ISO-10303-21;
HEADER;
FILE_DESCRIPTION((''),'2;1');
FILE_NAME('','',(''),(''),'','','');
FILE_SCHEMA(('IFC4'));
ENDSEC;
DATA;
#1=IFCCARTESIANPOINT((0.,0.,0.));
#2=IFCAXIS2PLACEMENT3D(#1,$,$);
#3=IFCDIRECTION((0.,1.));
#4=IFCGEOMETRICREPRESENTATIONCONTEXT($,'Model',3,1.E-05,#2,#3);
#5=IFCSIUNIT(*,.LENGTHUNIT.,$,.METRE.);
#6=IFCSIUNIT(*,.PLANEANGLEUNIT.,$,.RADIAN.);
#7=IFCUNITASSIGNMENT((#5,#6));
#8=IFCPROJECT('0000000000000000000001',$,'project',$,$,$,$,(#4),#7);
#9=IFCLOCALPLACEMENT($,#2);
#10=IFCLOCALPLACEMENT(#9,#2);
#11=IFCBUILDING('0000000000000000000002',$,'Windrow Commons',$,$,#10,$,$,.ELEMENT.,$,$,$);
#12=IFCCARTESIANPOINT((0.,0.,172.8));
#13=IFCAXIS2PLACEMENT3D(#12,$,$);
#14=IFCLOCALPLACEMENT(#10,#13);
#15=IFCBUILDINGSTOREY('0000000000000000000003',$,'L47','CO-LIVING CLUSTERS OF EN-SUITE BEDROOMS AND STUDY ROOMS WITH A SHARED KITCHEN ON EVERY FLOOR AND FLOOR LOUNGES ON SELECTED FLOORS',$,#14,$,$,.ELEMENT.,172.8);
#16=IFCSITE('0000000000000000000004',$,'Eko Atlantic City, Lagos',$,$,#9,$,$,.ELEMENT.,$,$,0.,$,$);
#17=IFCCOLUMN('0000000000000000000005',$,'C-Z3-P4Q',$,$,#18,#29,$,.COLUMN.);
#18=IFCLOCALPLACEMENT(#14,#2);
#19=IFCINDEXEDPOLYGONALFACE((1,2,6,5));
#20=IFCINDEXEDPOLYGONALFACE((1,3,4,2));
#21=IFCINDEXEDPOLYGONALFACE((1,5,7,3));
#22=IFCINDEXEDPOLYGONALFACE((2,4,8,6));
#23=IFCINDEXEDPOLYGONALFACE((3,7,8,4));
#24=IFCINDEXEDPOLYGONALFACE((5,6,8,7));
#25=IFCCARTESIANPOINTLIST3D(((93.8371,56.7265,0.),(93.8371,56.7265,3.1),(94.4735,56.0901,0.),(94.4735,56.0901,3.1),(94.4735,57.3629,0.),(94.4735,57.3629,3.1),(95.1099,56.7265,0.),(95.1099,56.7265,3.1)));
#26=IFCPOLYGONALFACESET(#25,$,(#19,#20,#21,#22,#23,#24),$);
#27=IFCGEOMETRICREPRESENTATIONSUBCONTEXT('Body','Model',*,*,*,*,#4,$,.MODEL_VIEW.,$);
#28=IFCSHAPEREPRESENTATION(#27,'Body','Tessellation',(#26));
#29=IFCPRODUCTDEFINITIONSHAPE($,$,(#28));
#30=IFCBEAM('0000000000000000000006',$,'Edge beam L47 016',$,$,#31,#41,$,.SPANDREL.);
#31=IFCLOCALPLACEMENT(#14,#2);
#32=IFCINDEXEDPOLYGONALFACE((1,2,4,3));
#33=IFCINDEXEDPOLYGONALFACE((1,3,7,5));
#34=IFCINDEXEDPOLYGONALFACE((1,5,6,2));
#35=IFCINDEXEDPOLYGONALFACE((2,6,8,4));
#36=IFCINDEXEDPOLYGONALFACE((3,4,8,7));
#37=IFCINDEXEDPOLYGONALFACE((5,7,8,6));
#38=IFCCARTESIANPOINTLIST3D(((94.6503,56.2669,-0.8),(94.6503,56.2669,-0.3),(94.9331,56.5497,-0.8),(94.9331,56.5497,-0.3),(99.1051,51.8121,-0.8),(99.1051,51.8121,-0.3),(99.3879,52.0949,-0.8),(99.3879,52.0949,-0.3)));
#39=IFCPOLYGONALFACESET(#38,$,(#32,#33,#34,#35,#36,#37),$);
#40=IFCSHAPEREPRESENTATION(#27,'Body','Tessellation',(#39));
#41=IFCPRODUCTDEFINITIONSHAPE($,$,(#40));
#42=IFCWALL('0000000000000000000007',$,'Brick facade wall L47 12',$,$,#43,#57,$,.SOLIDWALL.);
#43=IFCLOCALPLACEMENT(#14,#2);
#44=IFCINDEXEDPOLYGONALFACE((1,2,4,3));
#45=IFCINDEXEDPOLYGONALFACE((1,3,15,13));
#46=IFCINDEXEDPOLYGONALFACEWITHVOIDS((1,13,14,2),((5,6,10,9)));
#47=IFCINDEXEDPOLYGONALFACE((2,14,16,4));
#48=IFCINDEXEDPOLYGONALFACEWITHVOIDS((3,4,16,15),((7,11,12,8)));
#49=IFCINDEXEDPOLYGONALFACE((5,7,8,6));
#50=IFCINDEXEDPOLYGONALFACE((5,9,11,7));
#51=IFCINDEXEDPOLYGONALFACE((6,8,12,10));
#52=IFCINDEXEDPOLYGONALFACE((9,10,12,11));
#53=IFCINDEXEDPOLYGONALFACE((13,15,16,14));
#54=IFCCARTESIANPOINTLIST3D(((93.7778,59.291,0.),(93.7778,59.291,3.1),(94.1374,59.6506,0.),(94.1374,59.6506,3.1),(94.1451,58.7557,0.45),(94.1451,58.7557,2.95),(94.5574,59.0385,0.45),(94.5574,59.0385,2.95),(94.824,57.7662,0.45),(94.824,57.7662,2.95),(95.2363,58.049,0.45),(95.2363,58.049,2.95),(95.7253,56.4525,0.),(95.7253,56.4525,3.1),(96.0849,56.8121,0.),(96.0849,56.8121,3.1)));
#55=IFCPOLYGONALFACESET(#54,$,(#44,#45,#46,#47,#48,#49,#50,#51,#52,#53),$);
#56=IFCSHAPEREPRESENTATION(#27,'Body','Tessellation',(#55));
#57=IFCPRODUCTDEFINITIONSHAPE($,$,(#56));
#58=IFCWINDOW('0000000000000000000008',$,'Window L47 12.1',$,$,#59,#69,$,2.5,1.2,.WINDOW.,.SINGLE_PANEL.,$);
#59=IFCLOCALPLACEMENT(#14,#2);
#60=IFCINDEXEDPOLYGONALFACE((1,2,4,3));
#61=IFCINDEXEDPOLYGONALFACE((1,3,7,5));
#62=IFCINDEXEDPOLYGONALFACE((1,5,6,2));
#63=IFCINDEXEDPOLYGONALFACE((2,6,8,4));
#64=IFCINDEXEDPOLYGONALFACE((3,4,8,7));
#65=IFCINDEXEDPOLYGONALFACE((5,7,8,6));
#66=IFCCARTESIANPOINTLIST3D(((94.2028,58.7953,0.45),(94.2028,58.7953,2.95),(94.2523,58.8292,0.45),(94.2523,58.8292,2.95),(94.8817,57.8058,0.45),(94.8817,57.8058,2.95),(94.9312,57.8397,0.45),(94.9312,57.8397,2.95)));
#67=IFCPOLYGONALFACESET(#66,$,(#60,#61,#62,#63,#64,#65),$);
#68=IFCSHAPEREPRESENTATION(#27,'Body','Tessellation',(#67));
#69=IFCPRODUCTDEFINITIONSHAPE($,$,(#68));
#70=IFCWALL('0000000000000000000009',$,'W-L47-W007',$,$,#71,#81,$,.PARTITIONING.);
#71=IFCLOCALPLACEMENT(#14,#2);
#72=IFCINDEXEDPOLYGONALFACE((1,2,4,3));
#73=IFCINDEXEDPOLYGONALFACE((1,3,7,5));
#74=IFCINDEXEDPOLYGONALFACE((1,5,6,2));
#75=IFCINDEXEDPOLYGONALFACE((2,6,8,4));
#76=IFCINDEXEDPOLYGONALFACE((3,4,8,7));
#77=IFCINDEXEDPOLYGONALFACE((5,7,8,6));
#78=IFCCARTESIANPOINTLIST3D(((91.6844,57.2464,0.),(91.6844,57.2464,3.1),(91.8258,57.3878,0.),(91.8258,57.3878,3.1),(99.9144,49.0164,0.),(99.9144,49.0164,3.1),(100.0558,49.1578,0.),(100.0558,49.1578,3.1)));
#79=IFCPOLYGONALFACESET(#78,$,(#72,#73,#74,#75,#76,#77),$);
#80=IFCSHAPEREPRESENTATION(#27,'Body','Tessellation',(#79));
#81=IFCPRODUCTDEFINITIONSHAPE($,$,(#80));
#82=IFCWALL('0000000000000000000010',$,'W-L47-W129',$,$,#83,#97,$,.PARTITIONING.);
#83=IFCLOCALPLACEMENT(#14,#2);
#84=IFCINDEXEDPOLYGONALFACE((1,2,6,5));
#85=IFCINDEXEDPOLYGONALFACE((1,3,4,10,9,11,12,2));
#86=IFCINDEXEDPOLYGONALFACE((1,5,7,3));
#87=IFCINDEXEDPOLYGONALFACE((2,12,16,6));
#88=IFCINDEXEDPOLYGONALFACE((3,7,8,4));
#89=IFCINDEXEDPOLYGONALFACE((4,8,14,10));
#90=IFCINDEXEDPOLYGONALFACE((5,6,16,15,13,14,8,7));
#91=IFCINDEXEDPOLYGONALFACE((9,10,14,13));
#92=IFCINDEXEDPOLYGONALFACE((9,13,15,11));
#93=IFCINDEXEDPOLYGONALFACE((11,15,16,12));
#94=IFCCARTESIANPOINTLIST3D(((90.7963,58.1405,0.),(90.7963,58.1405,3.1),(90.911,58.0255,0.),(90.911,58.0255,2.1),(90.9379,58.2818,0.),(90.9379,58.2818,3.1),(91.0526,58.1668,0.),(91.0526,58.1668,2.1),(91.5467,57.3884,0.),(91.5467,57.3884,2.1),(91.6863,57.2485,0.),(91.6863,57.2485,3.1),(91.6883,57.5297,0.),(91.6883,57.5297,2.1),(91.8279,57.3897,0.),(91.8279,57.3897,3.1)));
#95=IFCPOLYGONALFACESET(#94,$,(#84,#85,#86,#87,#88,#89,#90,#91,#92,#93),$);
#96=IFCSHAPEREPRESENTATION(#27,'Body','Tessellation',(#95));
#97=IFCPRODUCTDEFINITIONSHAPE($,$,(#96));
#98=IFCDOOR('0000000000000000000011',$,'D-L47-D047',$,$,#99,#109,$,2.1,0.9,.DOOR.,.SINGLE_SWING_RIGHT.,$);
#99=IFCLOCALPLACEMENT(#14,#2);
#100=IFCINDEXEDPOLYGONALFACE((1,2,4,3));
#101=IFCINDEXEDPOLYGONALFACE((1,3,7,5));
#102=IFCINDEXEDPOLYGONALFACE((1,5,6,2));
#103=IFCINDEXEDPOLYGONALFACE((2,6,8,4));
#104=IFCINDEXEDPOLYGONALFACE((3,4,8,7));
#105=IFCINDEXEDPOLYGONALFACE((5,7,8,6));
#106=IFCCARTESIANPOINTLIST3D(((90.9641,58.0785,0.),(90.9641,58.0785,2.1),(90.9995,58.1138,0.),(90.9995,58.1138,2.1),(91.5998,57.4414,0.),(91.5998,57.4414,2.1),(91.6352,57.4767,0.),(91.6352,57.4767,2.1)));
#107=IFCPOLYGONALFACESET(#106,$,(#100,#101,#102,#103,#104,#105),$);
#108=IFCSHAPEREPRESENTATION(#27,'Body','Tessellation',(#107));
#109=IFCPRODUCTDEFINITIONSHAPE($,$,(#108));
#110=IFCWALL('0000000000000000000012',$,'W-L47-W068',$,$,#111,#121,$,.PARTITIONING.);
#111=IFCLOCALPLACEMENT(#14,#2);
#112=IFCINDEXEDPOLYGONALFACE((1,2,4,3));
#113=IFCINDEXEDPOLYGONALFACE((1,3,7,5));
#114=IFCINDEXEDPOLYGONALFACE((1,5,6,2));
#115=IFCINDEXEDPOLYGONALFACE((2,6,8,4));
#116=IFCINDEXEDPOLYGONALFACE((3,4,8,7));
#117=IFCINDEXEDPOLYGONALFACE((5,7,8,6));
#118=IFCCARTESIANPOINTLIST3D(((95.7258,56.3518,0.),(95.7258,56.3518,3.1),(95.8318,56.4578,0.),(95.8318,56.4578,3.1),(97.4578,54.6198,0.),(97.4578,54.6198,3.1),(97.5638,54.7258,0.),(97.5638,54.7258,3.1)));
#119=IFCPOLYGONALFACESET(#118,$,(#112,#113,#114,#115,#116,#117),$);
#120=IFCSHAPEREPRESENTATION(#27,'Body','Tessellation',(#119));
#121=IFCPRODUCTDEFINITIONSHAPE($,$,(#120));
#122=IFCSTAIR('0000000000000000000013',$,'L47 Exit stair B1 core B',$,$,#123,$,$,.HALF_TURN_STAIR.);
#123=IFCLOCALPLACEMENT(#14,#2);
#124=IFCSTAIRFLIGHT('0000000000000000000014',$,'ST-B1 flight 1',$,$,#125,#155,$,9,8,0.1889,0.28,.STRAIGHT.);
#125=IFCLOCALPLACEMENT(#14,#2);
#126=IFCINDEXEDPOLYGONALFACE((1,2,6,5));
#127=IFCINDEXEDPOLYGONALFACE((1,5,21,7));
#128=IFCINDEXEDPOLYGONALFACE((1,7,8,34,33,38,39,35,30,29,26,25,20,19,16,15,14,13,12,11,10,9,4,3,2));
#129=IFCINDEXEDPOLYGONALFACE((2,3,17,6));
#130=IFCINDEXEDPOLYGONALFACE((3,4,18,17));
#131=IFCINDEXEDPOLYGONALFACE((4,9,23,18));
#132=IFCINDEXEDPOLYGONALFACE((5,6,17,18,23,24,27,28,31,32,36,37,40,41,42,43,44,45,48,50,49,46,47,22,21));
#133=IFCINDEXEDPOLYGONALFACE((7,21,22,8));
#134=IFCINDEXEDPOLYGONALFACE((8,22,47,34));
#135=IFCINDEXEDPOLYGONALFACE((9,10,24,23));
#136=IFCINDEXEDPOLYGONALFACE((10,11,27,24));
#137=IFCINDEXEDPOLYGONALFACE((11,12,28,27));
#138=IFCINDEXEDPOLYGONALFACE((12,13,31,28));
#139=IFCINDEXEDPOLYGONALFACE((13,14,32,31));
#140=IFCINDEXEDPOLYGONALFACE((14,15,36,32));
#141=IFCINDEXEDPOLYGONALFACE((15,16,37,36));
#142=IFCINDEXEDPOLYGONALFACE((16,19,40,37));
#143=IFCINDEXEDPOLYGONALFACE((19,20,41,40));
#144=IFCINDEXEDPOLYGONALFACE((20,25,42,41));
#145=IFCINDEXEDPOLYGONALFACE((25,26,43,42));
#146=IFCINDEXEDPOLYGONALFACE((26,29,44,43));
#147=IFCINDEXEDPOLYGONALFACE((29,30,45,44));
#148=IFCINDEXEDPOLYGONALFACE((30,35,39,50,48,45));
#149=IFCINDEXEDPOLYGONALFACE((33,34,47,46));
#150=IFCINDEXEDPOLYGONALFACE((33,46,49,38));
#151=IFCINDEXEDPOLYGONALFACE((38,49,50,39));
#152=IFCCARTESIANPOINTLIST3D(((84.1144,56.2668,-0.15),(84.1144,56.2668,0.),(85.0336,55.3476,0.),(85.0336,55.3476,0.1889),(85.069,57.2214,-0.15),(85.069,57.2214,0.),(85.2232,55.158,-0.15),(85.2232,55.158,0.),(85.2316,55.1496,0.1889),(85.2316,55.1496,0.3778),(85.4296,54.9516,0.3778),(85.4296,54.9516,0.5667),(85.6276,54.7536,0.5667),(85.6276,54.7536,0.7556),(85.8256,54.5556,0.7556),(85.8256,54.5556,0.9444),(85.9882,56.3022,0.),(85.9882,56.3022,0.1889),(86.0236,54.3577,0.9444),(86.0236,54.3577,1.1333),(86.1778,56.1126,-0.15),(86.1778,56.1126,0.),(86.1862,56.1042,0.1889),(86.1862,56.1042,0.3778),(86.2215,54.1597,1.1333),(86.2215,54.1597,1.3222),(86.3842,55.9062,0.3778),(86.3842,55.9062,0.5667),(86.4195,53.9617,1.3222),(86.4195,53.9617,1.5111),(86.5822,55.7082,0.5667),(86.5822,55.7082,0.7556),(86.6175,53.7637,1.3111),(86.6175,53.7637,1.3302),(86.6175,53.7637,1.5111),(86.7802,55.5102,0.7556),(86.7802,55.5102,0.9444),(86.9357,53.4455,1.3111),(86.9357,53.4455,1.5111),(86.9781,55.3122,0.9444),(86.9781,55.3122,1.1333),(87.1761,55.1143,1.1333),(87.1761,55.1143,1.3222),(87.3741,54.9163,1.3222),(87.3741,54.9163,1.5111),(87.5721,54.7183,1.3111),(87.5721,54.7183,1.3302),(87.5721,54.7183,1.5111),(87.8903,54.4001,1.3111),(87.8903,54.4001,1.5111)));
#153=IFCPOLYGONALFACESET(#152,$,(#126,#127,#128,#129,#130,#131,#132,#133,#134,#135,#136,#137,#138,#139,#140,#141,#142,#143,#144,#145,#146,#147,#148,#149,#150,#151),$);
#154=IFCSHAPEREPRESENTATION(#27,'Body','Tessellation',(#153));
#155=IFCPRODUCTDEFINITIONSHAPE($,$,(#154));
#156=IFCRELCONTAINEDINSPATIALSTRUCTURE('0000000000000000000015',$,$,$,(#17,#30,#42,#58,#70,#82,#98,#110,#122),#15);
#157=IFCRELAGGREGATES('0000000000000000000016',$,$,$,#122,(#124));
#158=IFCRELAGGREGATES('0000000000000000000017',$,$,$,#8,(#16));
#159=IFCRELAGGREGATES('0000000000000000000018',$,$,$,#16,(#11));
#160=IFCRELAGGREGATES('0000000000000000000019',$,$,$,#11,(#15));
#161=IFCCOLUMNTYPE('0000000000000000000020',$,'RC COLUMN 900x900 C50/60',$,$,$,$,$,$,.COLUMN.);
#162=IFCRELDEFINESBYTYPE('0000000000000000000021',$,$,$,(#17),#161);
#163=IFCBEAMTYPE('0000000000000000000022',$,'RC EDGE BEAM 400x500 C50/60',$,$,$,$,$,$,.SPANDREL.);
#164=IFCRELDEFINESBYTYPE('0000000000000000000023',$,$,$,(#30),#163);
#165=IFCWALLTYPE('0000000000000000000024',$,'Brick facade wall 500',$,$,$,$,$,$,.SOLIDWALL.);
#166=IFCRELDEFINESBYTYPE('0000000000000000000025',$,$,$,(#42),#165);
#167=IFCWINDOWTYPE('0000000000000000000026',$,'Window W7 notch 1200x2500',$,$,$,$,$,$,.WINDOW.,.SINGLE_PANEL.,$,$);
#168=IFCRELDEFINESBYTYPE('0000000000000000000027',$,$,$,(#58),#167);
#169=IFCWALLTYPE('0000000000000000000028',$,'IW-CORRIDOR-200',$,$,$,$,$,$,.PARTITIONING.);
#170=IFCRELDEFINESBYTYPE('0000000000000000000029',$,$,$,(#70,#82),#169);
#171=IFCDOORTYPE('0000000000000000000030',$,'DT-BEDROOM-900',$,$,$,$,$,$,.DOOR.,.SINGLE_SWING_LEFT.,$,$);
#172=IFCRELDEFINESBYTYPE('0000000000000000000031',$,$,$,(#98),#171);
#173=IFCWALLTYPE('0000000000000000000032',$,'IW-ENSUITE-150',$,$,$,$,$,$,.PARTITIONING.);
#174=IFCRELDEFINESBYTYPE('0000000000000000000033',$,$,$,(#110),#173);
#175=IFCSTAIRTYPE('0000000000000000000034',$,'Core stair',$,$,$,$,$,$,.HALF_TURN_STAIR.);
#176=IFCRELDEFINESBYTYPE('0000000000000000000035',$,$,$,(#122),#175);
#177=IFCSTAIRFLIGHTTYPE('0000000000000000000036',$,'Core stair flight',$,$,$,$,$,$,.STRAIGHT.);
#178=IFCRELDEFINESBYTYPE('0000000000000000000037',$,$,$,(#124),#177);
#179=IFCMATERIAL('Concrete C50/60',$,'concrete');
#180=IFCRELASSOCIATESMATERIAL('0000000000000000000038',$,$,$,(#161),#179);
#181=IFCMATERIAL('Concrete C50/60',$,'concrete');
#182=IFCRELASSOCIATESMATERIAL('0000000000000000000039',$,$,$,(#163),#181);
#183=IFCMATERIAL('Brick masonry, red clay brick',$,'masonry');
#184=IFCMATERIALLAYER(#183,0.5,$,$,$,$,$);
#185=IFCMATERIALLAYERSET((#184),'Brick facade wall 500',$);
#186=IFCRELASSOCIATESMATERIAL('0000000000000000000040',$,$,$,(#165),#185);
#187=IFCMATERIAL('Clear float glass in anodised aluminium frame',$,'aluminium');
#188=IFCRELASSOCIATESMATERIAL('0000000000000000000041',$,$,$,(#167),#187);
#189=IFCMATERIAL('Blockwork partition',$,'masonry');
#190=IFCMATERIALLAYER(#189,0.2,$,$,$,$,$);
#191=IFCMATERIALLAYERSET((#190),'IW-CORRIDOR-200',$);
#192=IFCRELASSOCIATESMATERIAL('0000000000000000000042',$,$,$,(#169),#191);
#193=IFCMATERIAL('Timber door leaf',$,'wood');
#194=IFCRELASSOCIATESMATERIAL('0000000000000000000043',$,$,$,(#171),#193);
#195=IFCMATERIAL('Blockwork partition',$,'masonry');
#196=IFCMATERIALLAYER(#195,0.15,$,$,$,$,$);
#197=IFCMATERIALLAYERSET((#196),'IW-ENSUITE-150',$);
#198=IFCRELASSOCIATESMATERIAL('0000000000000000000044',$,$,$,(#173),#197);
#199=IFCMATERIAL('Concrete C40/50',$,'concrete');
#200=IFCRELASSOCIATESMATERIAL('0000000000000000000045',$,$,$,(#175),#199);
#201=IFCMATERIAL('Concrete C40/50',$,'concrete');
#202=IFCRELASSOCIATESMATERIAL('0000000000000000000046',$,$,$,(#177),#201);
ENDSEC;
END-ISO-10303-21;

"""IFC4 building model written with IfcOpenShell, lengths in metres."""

from ifc_helpers import new_model, si_unit, direction, frame, frame_2d, origin, origin_2d, place, context, subcontext, project, spatial, polyline, rectangle, outline, extrude, material, layer, layer_set, material_profile, profile_set, type_object, element, fill, aggregate, save


model = new_model("IFC4")

# Units and contexts
model_context = context("Model", 3, precision=1e-05, world=origin(), true_north=direction((0.0, 1.0)))
body_context = subcontext(model_context, "Body", "Model", "MODEL_VIEW")
ifc_project = project(units=[si_unit("LENGTHUNIT", "METRE"), si_unit("PLANEANGLEUNIT", "RADIAN")], contexts=[model_context])

# Site, building, storey
site_placement = place(None, origin())
site = spatial("IfcSite", under=ifc_project, at=site_placement, Name="Eko Atlantic City, Lagos", CompositionType="ELEMENT", RefElevation=0.0)
building_placement = place(site_placement, origin())
building = spatial("IfcBuilding", under=site, at=building_placement, Name="Windrow Commons", CompositionType="ELEMENT")
storey_placement = place(building_placement, frame((0.0, 0.0, 172.8)))
storey = spatial("IfcBuildingStorey", under=building, at=storey_placement, Name="L47", Description="CO-LIVING CLUSTERS OF EN-SUITE BEDROOMS AND STUDY ROOMS WITH A SHARED KITCHEN ON EVERY FLOOR AND FLOOR LOUNGES ON SELECTED FLOORS", CompositionType="ELEMENT", Elevation=172.8)

# Column
ifc_material_1 = material(Name="Concrete C50/60", Category="concrete")
ifc_material_profile_1 = material_profile(ifc_material_1, rectangle(XDim=0.9, YDim=0.9, at=origin_2d()))
ifc_profile_set_1 = profile_set([ifc_material_profile_1], Name="Concrete C50/60")
column_type = type_object("IfcColumnType", Name="RC COLUMN 900x900 C50/60", PredefinedType="COLUMN", material=ifc_profile_set_1)
column_placement = place(storey_placement, frame((94.4735, 56.7265, 0.0), z_axis=(0.0, 0.0, 1.0), x_axis=(0.707107, -0.707107, 0.0)))
element("IfcColumn", 1, at=column_placement, inside=storey, type_object=column_type, Name="C-Z3-P4Q", PredefinedType="COLUMN", context=body_context, shape_type="SweptSolid", body=[
    extrude(rectangle(XDim=0.9, YDim=0.9, at=origin_2d()), origin(), (0.0, 0.0, 1.0), 3.1),
])

# Beam
ifc_material_2 = material(Name="Concrete C50/60", Category="concrete")
ifc_material_profile_2 = material_profile(ifc_material_2, rectangle(XDim=0.4, YDim=0.5, at=origin_2d()))
ifc_profile_set_2 = profile_set([ifc_material_profile_2], Name="Concrete C50/60")
beam_type = type_object("IfcBeamType", Name="RC EDGE BEAM 400x500 C50/60", PredefinedType="SPANDREL", material=ifc_profile_set_2)
beam_placement = place(storey_placement, frame((94.7917, 56.4083, -0.55), z_axis=(0.707107, -0.707107, 0.0), x_axis=(0.707107, 0.707107, 0.0)))
element("IfcBeam", 2, at=beam_placement, inside=storey, type_object=beam_type, Name="Edge beam L47 016", PredefinedType="SPANDREL", context=body_context, shape_type="SweptSolid", body=[
    extrude(rectangle(XDim=0.4, YDim=0.5, at=origin_2d()), origin(), (0.0, 0.0, 1.0), 6.3),
])

# Wall, opening, window
ifc_material_3 = material(Name="Brick masonry, red clay brick", Category="masonry")
ifc_layer_1 = layer(ifc_material_3, 0.5)
ifc_layer_set_1 = layer_set([ifc_layer_1], Name="Brick facade wall 500")
wall_type_1 = type_object("IfcWallType", Name="Brick facade wall 500", PredefinedType="SOLIDWALL", material=ifc_layer_set_1)
wall_1_placement = place(storey_placement, frame((95.9051, 56.6323, 0.0), z_axis=(0.0, 0.0, 1.0), x_axis=(-0.565746, 0.82458, 0.0)))
wall_1 = element("IfcWall", 3, at=wall_1_placement, inside=storey, type_object=wall_type_1, Name="Brick facade wall L47 12", PredefinedType="SOLIDWALL", context=body_context, shape_type="SweptSolid", body=[
    extrude(outline(polyline([(0.0465, -0.25), (3.4889, -0.25), (3.3958, 0.25), (-0.0465, 0.25), (0.0465, -0.25)])), origin(), (0.0, 0.0, 1.0), 3.1),
])
opening_1_placement = place(wall_1_placement, frame((1.5466, 0.0, 0.45)))
opening_1 = element("IfcOpeningElement", 4, at=opening_1_placement, cuts=wall_1, PredefinedType="OPENING", context=body_context, shape_type="SweptSolid", body=[
    extrude(rectangle(XDim=1.2, YDim=2.5, at=frame_2d((0.6, 1.25))), frame((0.0, 0.26, 0.0), z_axis=(0.0, -1.0, 0.0), x_axis=(1.0, 0.0, 0.0)), (0.0, 0.0, 1.0), 0.52),
])
ifc_material_4 = material(Name="Clear float glass in anodised aluminium frame", Category="aluminium")
window_type = type_object("IfcWindowType", Name="Window W7 notch 1200x2500", PartitioningType="SINGLE_PANEL", PredefinedType="WINDOW", material=ifc_material_4)
window_placement = place(opening_1_placement, origin())
window = element("IfcWindow", 5, at=window_placement, inside=storey, type_object=window_type, Name="Window L47 12.1", OverallHeight=2.5, OverallWidth=1.2, PartitioningType="SINGLE_PANEL", PredefinedType="WINDOW", context=body_context, shape_type="SweptSolid", body=[
    extrude(rectangle(XDim=1.2, YDim=2.5, at=frame_2d((0.6, 1.25))), frame((0.0, 0.18, 0.0), z_axis=(0.0, -1.0, 0.0), x_axis=(1.0, 0.0, 0.0)), (0.0, 0.0, 1.0), 0.06),
])
fill(opening_1, window)

# Wall
ifc_material_5 = material(Name="Blockwork partition", Category="masonry")
ifc_layer_2 = layer(ifc_material_5, 0.2)
ifc_layer_set_2 = layer_set([ifc_layer_2], Name="IW-CORRIDOR-200")
wall_type_2 = type_object("IfcWallType", Name="IW-CORRIDOR-200", PredefinedType="PARTITIONING", material=ifc_layer_set_2)
wall_2_placement = place(storey_placement, frame((91.7551, 57.3171, 0.0), z_axis=(0.0, 0.0, 1.0), x_axis=(0.707107, -0.707107, 0.0)))
element("IfcWall", 6, at=wall_2_placement, inside=storey, type_object=wall_type_2, Name="W-L47-W007", PredefinedType="PARTITIONING", context=body_context, shape_type="SweptSolid", body=[
    extrude(rectangle(XDim=11.639, YDim=0.2, at=frame_2d((5.8195, 0.0))), origin(), (0.0, 0.0, 1.0), 3.1),
])

# Wall, opening, door
wall_3_placement = place(storey_placement, frame((90.8671, 58.2111, 0.0), z_axis=(0.0, 0.0, 1.0), x_axis=(0.706313, -0.7079, 0.0)))
wall_3 = element("IfcWall", 7, at=wall_3_placement, inside=storey, type_object=wall_type_2, Name="W-L47-W129", PredefinedType="PARTITIONING", context=body_context, shape_type="SweptSolid", body=[
    extrude(rectangle(XDim=1.2601, YDim=0.2, at=frame_2d((0.63, 0.0))), origin(), (0.0, 0.0, 1.0), 3.1),
])
opening_2_placement = place(wall_3_placement, frame((0.1624, 0.0, 0.0)))
opening_2 = element("IfcOpeningElement", 8, at=opening_2_placement, cuts=wall_3, PredefinedType="OPENING", context=body_context, shape_type="SweptSolid", body=[
    extrude(rectangle(XDim=0.9, YDim=2.1, at=frame_2d((0.45, 1.05))), frame((0.0, 0.11, 0.0), z_axis=(0.0, -1.0, 0.0), x_axis=(1.0, 0.0, 0.0)), (0.0, 0.0, 1.0), 0.22),
])
ifc_material_6 = material(Name="Timber door leaf", Category="wood")
door_type = type_object("IfcDoorType", Name="DT-BEDROOM-900", OperationType="SINGLE_SWING_LEFT", PredefinedType="DOOR", material=ifc_material_6)
door_placement = place(opening_2_placement, origin())
door = element("IfcDoor", 9, at=door_placement, inside=storey, type_object=door_type, Name="D-L47-D047", OperationType="SINGLE_SWING_RIGHT", OverallHeight=2.1, OverallWidth=0.9, PredefinedType="DOOR", context=body_context, shape_type="SweptSolid", body=[
    extrude(rectangle(XDim=0.9, YDim=2.1, at=frame_2d((0.45, 1.05))), frame((0.0, 0.025, 0.0), z_axis=(0.0, -1.0, 0.0), x_axis=(1.0, 0.0, 0.0)), (0.0, 0.0, 1.0), 0.05),
])
fill(opening_2, door)

# Wall
ifc_material_7 = material(Name="Blockwork partition", Category="masonry")
ifc_layer_3 = layer(ifc_material_7, 0.15)
ifc_layer_set_3 = layer_set([ifc_layer_3], Name="IW-ENSUITE-150")
wall_type_3 = type_object("IfcWallType", Name="IW-ENSUITE-150", PredefinedType="PARTITIONING", material=ifc_layer_set_3)
wall_4_placement = place(storey_placement, frame((95.7788, 56.4048, 0.0), z_axis=(0.0, 0.0, 1.0), x_axis=(0.707107, -0.707107, 0.0)))
element("IfcWall", 10, at=wall_4_placement, inside=storey, type_object=wall_type_3, Name="W-L47-W068", PredefinedType="PARTITIONING", context=body_context, shape_type="SweptSolid", body=[
    extrude(rectangle(XDim=2.4494, YDim=0.15, at=frame_2d((1.2247, 0.0))), origin(), (0.0, 0.0, 1.0), 3.1),
])

# Stair, stair flight
ifc_material_8 = material(Name="Concrete C40/50", Category="concrete")
stair_type = type_object("IfcStairType", Name="Core stair", PredefinedType="HALF_TURN_STAIR", material=ifc_material_8)
stair_placement = place(storey_placement, origin())
stair = element("IfcStair", 11, at=stair_placement, inside=storey, type_object=stair_type, Name="L47 Exit stair B1 core B", PredefinedType="HALF_TURN_STAIR")
ifc_material_9 = material(Name="Concrete C40/50", Category="concrete")
stair_flight_type = type_object("IfcStairFlightType", Name="Core stair flight", PredefinedType="STRAIGHT", material=ifc_material_9)
stair_flight_1_placement = place(storey_placement, frame((85.5109, 55.8249, 0.0), z_axis=(0.0, 0.0, 1.0), x_axis=(0.707107, -0.707107, 0.0)))
stair_flight_1 = element("IfcStairFlight", 12, at=stair_flight_1_placement, type_object=stair_flight_type, Name="ST-B1 flight 1", NumberOfRisers=9, NumberOfTreads=8, PredefinedType="STRAIGHT", RiserHeight=0.1889, TreadLength=0.28, context=body_context, shape_type="SweptSolid", body=[
    extrude(outline(polyline([(-1.3, -0.15), (-1.3, 0.0), (0.0, 0.0), (0.0, 0.1889), (0.28, 0.1889), (0.28, 0.3778), (0.56, 0.3778), (0.56, 0.5667), (0.84, 0.5667), (0.84, 0.7556), (1.12, 0.7556), (1.12, 0.9444), (1.4, 0.9444), (1.4, 1.1333), (1.68, 1.1333), (1.68, 1.3222), (1.96, 1.3222), (1.96, 1.5111), (2.24, 1.5111), (2.69, 1.5111), (2.69, 1.3111), (2.24, 1.3111), (2.24, 1.3302), (0.2682, 0.0), (0.2682, -0.15), (-1.3, -0.15)])), frame((0.0, 0.675, 0.0), z_axis=(0.0, -1.0, 0.0), x_axis=(1.0, 0.0, 0.0)), (0.0, 0.0, 1.0), 1.35),
])
aggregate(stair, [stair_flight_1])

save(model, "model.ifc")
